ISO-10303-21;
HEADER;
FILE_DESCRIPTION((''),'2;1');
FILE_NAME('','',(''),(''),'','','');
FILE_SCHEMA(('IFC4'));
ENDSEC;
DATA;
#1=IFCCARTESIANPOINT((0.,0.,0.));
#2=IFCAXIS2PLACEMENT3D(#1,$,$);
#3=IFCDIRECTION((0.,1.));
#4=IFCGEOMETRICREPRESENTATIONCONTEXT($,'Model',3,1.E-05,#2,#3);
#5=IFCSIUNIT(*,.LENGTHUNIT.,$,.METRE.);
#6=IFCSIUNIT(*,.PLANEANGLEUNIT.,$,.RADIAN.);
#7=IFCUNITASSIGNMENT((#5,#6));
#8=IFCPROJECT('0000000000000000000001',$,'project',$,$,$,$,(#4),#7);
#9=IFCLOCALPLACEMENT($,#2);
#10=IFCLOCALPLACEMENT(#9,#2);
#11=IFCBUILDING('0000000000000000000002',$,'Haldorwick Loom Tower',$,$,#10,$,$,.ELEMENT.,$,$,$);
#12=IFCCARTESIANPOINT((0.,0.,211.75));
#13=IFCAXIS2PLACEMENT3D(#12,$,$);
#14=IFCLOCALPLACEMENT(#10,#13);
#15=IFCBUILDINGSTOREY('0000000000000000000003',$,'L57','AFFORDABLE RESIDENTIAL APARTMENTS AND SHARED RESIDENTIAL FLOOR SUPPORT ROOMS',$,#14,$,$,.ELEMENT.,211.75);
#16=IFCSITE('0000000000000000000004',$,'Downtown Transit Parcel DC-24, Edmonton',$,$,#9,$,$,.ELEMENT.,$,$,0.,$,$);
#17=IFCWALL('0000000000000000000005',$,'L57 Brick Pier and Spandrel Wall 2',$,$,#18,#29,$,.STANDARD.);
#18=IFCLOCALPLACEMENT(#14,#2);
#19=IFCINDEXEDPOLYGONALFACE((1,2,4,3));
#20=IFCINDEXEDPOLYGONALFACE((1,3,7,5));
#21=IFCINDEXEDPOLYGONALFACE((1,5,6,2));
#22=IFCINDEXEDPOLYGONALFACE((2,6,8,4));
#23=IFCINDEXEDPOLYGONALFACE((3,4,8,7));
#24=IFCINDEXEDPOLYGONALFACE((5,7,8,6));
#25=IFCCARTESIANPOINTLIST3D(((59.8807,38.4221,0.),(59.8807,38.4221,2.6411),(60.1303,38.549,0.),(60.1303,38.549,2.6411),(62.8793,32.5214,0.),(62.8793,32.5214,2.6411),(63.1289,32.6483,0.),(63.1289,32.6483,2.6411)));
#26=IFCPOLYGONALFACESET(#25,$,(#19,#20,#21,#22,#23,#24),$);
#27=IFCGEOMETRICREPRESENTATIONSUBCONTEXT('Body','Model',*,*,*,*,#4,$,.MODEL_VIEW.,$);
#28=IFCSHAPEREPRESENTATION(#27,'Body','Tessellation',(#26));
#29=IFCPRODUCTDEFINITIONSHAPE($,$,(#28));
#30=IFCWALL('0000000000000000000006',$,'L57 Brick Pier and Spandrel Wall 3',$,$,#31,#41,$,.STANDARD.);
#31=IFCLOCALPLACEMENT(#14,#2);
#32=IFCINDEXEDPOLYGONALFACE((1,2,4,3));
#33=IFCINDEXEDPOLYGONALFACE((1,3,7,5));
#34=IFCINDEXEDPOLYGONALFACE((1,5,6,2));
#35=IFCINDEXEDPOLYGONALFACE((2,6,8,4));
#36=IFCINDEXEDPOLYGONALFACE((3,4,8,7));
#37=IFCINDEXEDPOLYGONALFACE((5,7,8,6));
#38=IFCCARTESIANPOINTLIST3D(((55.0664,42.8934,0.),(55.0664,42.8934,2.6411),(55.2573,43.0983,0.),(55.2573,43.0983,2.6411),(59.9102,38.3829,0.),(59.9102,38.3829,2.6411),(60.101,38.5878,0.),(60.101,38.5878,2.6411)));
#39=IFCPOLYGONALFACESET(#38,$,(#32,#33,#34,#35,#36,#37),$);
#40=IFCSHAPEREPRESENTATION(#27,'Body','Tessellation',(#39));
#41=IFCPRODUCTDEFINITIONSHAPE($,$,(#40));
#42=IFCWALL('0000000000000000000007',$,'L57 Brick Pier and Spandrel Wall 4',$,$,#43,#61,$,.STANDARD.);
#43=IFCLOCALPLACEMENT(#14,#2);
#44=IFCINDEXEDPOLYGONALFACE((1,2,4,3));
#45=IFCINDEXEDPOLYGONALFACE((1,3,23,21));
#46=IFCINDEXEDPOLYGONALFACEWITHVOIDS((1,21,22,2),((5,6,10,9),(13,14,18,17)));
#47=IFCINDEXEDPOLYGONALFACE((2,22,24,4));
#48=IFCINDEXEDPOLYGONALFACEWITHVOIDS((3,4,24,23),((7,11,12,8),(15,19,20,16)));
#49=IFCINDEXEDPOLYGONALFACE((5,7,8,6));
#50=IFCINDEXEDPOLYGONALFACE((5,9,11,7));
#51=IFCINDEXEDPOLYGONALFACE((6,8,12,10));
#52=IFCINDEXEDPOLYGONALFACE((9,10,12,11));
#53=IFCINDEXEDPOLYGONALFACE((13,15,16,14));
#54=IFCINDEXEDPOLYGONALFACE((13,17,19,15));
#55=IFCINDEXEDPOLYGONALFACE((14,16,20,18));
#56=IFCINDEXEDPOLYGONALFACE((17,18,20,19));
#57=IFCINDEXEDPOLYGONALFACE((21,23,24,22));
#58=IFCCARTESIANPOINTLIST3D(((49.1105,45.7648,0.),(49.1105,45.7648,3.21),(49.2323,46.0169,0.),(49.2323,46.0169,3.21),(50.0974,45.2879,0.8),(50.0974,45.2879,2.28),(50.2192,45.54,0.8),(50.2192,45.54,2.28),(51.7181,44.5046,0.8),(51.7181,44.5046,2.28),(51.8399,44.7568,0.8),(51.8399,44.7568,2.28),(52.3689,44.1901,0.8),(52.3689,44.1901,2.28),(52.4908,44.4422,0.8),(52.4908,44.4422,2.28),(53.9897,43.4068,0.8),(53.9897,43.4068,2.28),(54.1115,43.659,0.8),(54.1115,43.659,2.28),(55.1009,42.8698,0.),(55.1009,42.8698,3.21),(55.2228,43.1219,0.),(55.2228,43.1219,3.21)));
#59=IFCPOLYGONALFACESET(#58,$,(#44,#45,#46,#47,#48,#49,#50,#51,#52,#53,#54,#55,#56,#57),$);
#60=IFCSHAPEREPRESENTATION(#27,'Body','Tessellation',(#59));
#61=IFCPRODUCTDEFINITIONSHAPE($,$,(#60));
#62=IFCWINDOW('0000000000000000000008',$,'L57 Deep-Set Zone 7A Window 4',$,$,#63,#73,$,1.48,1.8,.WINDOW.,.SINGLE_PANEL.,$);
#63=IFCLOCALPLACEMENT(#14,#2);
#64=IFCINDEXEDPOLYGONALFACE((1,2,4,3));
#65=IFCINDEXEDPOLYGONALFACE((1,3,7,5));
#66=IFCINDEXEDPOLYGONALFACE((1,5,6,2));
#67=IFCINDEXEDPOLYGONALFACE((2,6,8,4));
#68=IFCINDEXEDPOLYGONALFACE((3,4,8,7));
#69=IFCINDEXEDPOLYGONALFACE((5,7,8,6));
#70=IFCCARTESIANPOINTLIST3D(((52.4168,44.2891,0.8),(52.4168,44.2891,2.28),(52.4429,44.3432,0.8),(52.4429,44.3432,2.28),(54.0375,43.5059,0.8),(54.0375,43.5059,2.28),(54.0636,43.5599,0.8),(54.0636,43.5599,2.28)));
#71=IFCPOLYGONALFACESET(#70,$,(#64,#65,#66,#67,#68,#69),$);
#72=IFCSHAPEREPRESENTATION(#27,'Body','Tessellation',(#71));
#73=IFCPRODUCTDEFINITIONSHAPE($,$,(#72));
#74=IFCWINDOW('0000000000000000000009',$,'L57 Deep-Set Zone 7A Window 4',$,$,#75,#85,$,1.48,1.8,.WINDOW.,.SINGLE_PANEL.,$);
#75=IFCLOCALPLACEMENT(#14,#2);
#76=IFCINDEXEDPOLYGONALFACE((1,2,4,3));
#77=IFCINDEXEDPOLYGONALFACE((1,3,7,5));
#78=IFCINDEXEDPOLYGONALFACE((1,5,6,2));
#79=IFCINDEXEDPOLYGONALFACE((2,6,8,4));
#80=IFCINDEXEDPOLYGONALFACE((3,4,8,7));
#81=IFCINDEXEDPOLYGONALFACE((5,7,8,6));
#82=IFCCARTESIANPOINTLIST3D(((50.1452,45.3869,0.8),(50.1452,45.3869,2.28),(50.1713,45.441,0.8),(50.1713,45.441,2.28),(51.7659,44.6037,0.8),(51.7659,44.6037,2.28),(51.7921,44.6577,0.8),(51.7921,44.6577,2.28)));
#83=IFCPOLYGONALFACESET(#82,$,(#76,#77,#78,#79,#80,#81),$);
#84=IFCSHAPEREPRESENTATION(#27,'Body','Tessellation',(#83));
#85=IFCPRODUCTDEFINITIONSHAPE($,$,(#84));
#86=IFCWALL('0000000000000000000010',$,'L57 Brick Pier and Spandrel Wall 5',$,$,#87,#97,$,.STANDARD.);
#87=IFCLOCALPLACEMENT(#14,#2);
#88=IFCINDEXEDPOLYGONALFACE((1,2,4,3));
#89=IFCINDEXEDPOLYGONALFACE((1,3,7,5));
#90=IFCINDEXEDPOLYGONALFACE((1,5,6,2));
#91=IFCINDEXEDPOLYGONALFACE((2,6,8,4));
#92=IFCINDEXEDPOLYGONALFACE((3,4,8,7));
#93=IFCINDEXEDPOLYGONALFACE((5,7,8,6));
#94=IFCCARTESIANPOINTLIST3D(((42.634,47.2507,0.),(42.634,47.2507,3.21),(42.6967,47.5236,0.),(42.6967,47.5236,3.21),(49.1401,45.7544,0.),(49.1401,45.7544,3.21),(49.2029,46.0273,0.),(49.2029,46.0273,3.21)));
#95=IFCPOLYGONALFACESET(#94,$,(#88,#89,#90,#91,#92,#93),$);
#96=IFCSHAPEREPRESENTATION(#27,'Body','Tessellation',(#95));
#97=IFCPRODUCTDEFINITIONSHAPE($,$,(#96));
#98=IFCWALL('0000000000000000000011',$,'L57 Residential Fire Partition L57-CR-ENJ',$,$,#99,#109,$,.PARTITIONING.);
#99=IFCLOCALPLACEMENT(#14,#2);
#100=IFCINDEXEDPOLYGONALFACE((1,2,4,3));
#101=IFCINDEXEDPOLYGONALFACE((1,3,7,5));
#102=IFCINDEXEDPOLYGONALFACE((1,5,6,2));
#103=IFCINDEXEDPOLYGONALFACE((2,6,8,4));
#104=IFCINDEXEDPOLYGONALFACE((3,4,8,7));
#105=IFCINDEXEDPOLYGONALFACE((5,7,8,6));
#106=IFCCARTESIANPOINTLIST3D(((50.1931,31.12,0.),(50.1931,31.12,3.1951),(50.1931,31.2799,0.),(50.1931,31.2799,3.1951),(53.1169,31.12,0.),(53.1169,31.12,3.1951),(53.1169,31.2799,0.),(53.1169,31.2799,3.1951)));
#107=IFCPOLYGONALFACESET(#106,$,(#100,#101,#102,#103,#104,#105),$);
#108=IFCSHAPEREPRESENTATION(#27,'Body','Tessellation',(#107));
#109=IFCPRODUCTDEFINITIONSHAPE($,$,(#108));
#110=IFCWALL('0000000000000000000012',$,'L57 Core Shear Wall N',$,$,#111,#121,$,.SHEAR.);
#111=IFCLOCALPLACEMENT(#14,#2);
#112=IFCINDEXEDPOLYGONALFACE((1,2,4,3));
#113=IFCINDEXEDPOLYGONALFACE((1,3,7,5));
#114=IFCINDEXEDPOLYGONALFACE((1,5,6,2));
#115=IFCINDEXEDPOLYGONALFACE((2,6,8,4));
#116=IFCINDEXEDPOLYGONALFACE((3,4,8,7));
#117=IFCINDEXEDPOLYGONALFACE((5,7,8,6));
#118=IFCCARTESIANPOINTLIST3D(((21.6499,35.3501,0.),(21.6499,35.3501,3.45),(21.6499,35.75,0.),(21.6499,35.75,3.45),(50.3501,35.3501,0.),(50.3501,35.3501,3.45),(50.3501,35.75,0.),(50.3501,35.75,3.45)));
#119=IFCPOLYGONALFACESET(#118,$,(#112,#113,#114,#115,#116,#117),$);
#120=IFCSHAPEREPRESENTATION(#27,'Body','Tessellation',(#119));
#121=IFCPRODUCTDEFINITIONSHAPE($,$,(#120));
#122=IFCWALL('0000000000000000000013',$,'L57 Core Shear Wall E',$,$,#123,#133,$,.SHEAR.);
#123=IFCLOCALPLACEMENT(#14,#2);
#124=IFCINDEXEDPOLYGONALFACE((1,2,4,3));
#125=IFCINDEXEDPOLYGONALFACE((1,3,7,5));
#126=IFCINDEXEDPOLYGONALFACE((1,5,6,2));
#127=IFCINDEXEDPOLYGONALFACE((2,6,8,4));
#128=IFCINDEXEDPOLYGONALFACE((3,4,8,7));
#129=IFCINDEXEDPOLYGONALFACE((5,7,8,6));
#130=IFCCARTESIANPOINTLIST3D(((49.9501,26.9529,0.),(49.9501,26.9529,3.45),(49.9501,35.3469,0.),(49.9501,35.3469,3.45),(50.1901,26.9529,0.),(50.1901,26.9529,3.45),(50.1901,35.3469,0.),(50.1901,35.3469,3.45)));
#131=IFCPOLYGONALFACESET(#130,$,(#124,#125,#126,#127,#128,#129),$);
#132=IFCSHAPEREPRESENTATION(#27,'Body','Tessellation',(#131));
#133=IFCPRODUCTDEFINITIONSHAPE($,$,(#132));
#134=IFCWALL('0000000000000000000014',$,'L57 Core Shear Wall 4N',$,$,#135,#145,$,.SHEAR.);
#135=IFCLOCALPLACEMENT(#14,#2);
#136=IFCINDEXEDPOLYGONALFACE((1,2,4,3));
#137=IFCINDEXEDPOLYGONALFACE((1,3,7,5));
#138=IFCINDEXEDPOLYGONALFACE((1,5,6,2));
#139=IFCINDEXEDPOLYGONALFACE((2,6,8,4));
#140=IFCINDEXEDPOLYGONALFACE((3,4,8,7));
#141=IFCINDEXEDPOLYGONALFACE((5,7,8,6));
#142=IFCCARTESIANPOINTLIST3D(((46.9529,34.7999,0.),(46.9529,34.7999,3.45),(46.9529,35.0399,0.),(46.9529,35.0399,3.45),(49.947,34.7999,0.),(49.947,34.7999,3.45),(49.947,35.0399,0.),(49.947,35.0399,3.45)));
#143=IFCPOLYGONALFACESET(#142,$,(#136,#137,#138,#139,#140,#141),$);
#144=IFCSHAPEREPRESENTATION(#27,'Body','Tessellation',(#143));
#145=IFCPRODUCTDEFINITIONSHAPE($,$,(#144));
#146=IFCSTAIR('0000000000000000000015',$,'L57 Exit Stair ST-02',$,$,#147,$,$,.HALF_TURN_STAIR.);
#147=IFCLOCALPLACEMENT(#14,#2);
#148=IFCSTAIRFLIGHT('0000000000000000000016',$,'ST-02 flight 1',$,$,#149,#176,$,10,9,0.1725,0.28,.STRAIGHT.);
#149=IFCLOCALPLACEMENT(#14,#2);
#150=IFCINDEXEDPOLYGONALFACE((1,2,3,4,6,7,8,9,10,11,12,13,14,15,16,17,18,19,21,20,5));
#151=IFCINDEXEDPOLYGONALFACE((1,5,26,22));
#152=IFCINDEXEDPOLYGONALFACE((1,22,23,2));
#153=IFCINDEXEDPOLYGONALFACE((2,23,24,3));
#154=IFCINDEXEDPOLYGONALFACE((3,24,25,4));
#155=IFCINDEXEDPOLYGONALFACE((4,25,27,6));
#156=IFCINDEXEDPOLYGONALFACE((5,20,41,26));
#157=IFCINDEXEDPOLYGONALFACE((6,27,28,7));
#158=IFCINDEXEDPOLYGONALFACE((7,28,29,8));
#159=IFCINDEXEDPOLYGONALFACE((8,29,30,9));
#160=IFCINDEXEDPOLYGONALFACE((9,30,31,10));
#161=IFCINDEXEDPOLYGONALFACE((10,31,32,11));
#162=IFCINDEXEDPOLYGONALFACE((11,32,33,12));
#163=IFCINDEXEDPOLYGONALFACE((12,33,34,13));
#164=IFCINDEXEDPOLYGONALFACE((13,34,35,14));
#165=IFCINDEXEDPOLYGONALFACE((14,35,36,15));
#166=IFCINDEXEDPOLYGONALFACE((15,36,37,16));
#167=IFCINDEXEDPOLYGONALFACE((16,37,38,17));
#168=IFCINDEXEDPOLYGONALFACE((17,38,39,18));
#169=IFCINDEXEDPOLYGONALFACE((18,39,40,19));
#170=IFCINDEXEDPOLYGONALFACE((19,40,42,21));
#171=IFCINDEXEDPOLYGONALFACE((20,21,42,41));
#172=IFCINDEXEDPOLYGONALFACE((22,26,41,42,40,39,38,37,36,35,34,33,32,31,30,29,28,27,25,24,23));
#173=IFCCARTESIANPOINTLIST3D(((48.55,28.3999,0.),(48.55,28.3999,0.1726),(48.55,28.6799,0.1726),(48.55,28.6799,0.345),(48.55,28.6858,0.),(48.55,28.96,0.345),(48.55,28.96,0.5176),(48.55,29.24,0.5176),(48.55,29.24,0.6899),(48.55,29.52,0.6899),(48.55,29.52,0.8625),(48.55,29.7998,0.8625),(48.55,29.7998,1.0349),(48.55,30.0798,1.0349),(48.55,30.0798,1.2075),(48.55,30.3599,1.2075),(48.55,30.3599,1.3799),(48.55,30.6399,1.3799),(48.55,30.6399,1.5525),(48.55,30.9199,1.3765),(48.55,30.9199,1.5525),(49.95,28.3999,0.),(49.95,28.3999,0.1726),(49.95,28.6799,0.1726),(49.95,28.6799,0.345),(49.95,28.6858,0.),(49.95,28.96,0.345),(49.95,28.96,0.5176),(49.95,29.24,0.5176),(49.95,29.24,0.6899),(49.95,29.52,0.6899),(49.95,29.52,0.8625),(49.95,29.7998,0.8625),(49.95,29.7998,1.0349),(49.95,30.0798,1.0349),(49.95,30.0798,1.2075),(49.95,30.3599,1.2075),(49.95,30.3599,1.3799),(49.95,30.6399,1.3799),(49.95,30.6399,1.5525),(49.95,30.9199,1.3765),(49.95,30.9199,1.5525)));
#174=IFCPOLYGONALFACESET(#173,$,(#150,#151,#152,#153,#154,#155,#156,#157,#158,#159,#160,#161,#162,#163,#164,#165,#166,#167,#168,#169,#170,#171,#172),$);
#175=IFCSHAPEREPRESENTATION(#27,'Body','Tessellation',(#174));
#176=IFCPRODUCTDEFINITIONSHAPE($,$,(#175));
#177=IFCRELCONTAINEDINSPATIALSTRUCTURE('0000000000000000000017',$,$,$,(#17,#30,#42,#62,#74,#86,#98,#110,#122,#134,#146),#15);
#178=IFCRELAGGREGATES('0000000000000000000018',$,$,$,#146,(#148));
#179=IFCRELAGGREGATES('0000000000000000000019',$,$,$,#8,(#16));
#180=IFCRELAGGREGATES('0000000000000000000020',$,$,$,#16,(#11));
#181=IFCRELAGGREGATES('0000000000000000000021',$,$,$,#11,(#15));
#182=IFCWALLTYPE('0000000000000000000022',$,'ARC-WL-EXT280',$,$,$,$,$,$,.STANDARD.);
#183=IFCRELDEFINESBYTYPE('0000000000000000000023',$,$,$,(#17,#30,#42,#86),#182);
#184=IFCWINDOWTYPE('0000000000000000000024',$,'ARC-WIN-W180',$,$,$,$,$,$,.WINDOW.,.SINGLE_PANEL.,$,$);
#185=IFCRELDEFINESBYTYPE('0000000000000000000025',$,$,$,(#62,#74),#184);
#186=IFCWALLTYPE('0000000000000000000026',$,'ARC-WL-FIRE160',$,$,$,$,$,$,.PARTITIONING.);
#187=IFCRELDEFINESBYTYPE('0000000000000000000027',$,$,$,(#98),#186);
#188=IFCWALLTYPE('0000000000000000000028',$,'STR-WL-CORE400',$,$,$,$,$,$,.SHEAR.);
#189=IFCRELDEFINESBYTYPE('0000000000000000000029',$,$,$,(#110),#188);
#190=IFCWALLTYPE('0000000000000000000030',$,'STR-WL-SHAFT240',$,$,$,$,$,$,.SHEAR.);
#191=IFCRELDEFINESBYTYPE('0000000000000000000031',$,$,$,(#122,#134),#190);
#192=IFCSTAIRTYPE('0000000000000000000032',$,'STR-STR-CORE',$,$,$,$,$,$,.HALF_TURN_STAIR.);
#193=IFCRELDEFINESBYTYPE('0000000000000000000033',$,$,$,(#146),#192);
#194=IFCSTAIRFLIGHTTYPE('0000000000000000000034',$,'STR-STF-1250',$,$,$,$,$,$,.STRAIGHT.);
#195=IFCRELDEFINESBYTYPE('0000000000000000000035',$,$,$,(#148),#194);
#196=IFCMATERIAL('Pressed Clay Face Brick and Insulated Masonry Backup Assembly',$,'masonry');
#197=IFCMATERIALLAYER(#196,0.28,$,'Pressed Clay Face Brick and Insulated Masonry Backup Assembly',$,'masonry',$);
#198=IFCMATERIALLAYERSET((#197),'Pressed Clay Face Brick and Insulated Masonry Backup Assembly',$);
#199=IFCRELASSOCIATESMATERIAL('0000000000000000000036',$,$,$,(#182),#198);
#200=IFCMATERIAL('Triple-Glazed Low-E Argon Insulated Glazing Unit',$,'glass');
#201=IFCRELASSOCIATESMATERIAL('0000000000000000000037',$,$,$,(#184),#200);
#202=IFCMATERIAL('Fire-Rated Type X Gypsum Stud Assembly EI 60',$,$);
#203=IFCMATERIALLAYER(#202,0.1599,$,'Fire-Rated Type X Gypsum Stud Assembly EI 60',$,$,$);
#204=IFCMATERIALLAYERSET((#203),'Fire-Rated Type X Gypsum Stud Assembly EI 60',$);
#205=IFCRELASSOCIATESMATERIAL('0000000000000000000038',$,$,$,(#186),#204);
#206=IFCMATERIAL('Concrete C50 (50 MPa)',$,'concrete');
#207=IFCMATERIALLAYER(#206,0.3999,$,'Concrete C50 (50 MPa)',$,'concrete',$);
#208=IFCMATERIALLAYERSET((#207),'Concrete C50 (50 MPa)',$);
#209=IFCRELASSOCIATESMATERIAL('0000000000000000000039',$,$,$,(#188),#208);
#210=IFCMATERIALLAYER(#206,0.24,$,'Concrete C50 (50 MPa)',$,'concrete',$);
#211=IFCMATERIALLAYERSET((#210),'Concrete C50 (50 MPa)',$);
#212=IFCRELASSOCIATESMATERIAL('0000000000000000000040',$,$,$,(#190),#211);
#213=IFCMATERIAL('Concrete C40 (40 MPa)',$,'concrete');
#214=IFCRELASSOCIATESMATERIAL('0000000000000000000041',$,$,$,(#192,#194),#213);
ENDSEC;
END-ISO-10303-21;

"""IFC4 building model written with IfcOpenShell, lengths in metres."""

from ifc_helpers import new_model, si_unit, direction, frame, frame_2d, origin, place, context, subcontext, project, spatial, polyline, rectangle, outline, extrude, material, layer, layer_set, type_object, element, fill, aggregate, save


model = new_model("IFC4")

# Units and contexts
model_context = context("Model", 3, precision=1e-05, world=origin(), true_north=direction((0.0, 1.0)))
body_context = subcontext(model_context, "Body", "Model", "MODEL_VIEW")
ifc_project = project(units=[si_unit("LENGTHUNIT", "METRE"), si_unit("PLANEANGLEUNIT", "RADIAN")], contexts=[model_context])

# Site, building, storey
site_placement = place(None, origin())
site = spatial("IfcSite", under=ifc_project, at=site_placement, Name="Downtown Transit Parcel DC-24, Edmonton", CompositionType="ELEMENT", RefElevation=0.0)
building_placement = place(site_placement, origin())
building = spatial("IfcBuilding", under=site, at=building_placement, Name="Haldorwick Loom Tower", CompositionType="ELEMENT")
storey_placement = place(building_placement, frame((0.0, 0.0, 211.75)))
storey = spatial("IfcBuildingStorey", under=building, at=storey_placement, Name="L57", Description="AFFORDABLE RESIDENTIAL APARTMENTS AND SHARED RESIDENTIAL FLOOR SUPPORT ROOMS", CompositionType="ELEMENT", Elevation=211.75)

# Walls
ifc_material_1 = material(Name="Pressed Clay Face Brick and Insulated Masonry Backup Assembly", Category="masonry")
ifc_layer_1 = layer(ifc_material_1, 0.28, Name="Pressed Clay Face Brick and Insulated Masonry Backup Assembly", Category="masonry")
ifc_layer_set_1 = layer_set([ifc_layer_1], Name="Pressed Clay Face Brick and Insulated Masonry Backup Assembly")
wall_type_1 = type_object("IfcWallType", Name="ARC-WL-EXT280", PredefinedType="STANDARD", material=ifc_layer_set_1)
wall_1_placement = place(storey_placement, frame((63.0042, 32.5847, 0.0), z_axis=(0.0, 0.0, 1.0), x_axis=(-0.453032, 0.891494, 0.0)))
element("IfcWall", 1, at=wall_1_placement, inside=storey, type_object=wall_type_1, Name="L57 Brick Pier and Spandrel Wall 2", PredefinedType="STANDARD", context=body_context, shape_type="SweptSolid", body=[
    extrude(rectangle(XDim=6.6189, YDim=0.28, at=frame_2d((3.3096, 0.0))), origin(), (0.0, 0.0, 1.0), 2.6411),
])
wall_2_placement = place(storey_placement, frame((60.0056, 38.4854, 0.0), z_axis=(0.0, 0.0, 1.0), x_axis=(-0.731834, 0.681483, 0.0)))
element("IfcWall", 2, at=wall_2_placement, inside=storey, type_object=wall_type_1, Name="L57 Brick Pier and Spandrel Wall 3", PredefinedType="STANDARD", context=body_context, shape_type="SweptSolid", body=[
    extrude(rectangle(XDim=6.6187, YDim=0.28, at=frame_2d((3.3093, 0.0))), origin(), (0.0, 0.0, 1.0), 2.6411),
])

# Wall, openings, windows
wall_3_placement = place(storey_placement, frame((55.1619, 42.9958, 0.0), z_axis=(0.0, 0.0, 1.0), x_axis=(-0.900371, 0.435123, 0.0)))
wall_3 = element("IfcWall", 3, at=wall_3_placement, inside=storey, type_object=wall_type_1, Name="L57 Brick Pier and Spandrel Wall 4", PredefinedType="STANDARD", context=body_context, shape_type="SweptSolid", body=[
    extrude(rectangle(XDim=6.6533, YDim=0.28, at=frame_2d((3.3267, 0.0))), origin(), (0.0, 0.0, 1.0), 3.21),
])
opening_1_placement = place(wall_3_placement, frame((1.2344, 0.0, 0.8)))
opening_1 = element("IfcOpeningElement", 4, at=opening_1_placement, cuts=wall_3, PredefinedType="OPENING", context=body_context, shape_type="SweptSolid", body=[
    extrude(rectangle(XDim=1.8, YDim=1.48, at=frame_2d((0.8999, 0.74))), frame((0.0, 0.1499, 0.0), z_axis=(0.0, -1.0, 0.0), x_axis=(1.0, 0.0, 0.0)), (0.0, 0.0, 1.0), 0.3),
])
opening_2_placement = place(wall_3_placement, frame((3.7573, 0.0, 0.8)))
opening_2 = element("IfcOpeningElement", 5, at=opening_2_placement, cuts=wall_3, PredefinedType="OPENING", context=body_context, shape_type="SweptSolid", body=[
    extrude(rectangle(XDim=1.8, YDim=1.48, at=frame_2d((0.8999, 0.74))), frame((0.0, 0.1499, 0.0), z_axis=(0.0, -1.0, 0.0), x_axis=(1.0, 0.0, 0.0)), (0.0, 0.0, 1.0), 0.3),
])
ifc_material_2 = material(Name="Triple-Glazed Low-E Argon Insulated Glazing Unit", Category="glass")
window_type = type_object("IfcWindowType", Name="ARC-WIN-W180", PartitioningType="SINGLE_PANEL", PredefinedType="WINDOW", material=ifc_material_2)
window_1_placement = place(opening_1_placement, origin())
window_1 = element("IfcWindow", 6, at=window_1_placement, inside=storey, type_object=window_type, Name="L57 Deep-Set Zone 7A Window 4", OverallHeight=1.48, OverallWidth=1.8, PartitioningType="SINGLE_PANEL", PredefinedType="WINDOW", context=body_context, shape_type="SweptSolid", body=[
    extrude(rectangle(XDim=1.8, YDim=1.48, at=frame_2d((0.8999, 0.74))), frame((0.0, 0.03, 0.0), z_axis=(0.0, -1.0, 0.0), x_axis=(1.0, 0.0, 0.0)), (0.0, 0.0, 1.0), 0.0601),
])
fill(opening_1, window_1)
window_2_placement = place(opening_2_placement, origin())
window_2 = element("IfcWindow", 7, at=window_2_placement, inside=storey, type_object=window_type, Name="L57 Deep-Set Zone 7A Window 4", OverallHeight=1.48, OverallWidth=1.8, PartitioningType="SINGLE_PANEL", PredefinedType="WINDOW", context=body_context, shape_type="SweptSolid", body=[
    extrude(rectangle(XDim=1.8, YDim=1.48, at=frame_2d((0.8999, 0.74))), frame((0.0, 0.03, 0.0), z_axis=(0.0, -1.0, 0.0), x_axis=(1.0, 0.0, 0.0)), (0.0, 0.0, 1.0), 0.0601),
])
fill(opening_2, window_2)

# Walls
wall_4_placement = place(storey_placement, frame((49.1714, 45.8909, 0.0), z_axis=(0.0, 0.0, 1.0), x_axis=(-0.974557, 0.224138, 0.0)))
element("IfcWall", 8, at=wall_4_placement, inside=storey, type_object=wall_type_1, Name="L57 Brick Pier and Spandrel Wall 5", PredefinedType="STANDARD", context=body_context, shape_type="SweptSolid", body=[
    extrude(rectangle(XDim=6.676, YDim=0.28, at=frame_2d((3.3379, 0.0))), origin(), (0.0, 0.0, 1.0), 3.21),
])
ifc_material_3 = material(Name="Fire-Rated Type X Gypsum Stud Assembly EI 60")
ifc_layer_2 = layer(ifc_material_3, 0.1599, Name="Fire-Rated Type X Gypsum Stud Assembly EI 60")
ifc_layer_set_2 = layer_set([ifc_layer_2], Name="Fire-Rated Type X Gypsum Stud Assembly EI 60")
wall_type_2 = type_object("IfcWallType", Name="ARC-WL-FIRE160", PredefinedType="PARTITIONING", material=ifc_layer_set_2)
wall_5_placement = place(storey_placement, frame((50.1931, 31.2, 0.0), z_axis=(0.0, 0.0, 1.0), x_axis=(1.0, 0.0, 0.0)))
element("IfcWall", 9, at=wall_5_placement, inside=storey, type_object=wall_type_2, Name="L57 Residential Fire Partition L57-CR-ENJ", PredefinedType="PARTITIONING", context=body_context, shape_type="SweptSolid", body=[
    extrude(rectangle(XDim=2.9238, YDim=0.1599, at=frame_2d((1.4619, 0.0))), origin(), (0.0, 0.0, 1.0), 3.1951),
])
ifc_material_4 = material(Name="Concrete C50 (50 MPa)", Category="concrete")
ifc_layer_3 = layer(ifc_material_4, 0.3999, Name="Concrete C50 (50 MPa)", Category="concrete")
ifc_layer_set_3 = layer_set([ifc_layer_3], Name="Concrete C50 (50 MPa)")
wall_type_3 = type_object("IfcWallType", Name="STR-WL-CORE400", PredefinedType="SHEAR", material=ifc_layer_set_3)
wall_6_placement = place(storey_placement, frame((50.3501, 35.55, 0.0), z_axis=(0.0, 0.0, 1.0), x_axis=(-1.0, 0.0, 0.0)))
element("IfcWall", 10, at=wall_6_placement, inside=storey, type_object=wall_type_3, Name="L57 Core Shear Wall N", PredefinedType="SHEAR", context=body_context, shape_type="SweptSolid", body=[
    extrude(rectangle(XDim=28.7002, YDim=0.3999, at=frame_2d((14.3501, 0.0))), origin(), (0.0, 0.0, 1.0), 3.45),
])
ifc_layer_4 = layer(ifc_material_4, 0.24, Name="Concrete C50 (50 MPa)", Category="concrete")
ifc_layer_set_4 = layer_set([ifc_layer_4], Name="Concrete C50 (50 MPa)")
wall_type_4 = type_object("IfcWallType", Name="STR-WL-SHAFT240", PredefinedType="SHEAR", material=ifc_layer_set_4)
wall_7_placement = place(storey_placement, frame((50.0701, 26.9529, 0.0), z_axis=(0.0, 0.0, 1.0), x_axis=(0.0, 1.0, 0.0)))
element("IfcWall", 11, at=wall_7_placement, inside=storey, type_object=wall_type_4, Name="L57 Core Shear Wall E", PredefinedType="SHEAR", context=body_context, shape_type="SweptSolid", body=[
    extrude(rectangle(XDim=8.394, YDim=0.24, at=frame_2d((4.197, 0.0))), origin(), (0.0, 0.0, 1.0), 3.45),
])
wall_8_placement = place(storey_placement, frame((46.9529, 34.9199, 0.0), z_axis=(0.0, 0.0, 1.0), x_axis=(1.0, 0.0, 0.0)))
element("IfcWall", 12, at=wall_8_placement, inside=storey, type_object=wall_type_4, Name="L57 Core Shear Wall 4N", PredefinedType="SHEAR", context=body_context, shape_type="SweptSolid", body=[
    extrude(rectangle(XDim=2.9941, YDim=0.24, at=frame_2d((1.4971, 0.0))), origin(), (0.0, 0.0, 1.0), 3.45),
])

# Stair, stair flight
ifc_material_5 = material(Name="Concrete C40 (40 MPa)", Category="concrete")
stair_type = type_object("IfcStairType", Name="STR-STR-CORE", PredefinedType="HALF_TURN_STAIR", material=ifc_material_5)
stair_placement = place(storey_placement, origin())
stair = element("IfcStair", 13, at=stair_placement, inside=storey, type_object=stair_type, Name="L57 Exit Stair ST-02", PredefinedType="HALF_TURN_STAIR")
stair_flight_type = type_object("IfcStairFlightType", Name="STR-STF-1250", PredefinedType="STRAIGHT", material=ifc_material_5)
stair_flight_1_placement = place(storey_placement, frame((49.25, 28.3999, 0.0), z_axis=(0.0, 0.0, 1.0), x_axis=(0.0, 1.0, 0.0)))
stair_flight_1 = element("IfcStairFlight", 14, at=stair_flight_1_placement, type_object=stair_flight_type, Name="ST-02 flight 1", NumberOfRisers=10, NumberOfTreads=9, PredefinedType="STRAIGHT", RiserHeight=0.1725, TreadLength=0.28, context=body_context, shape_type="SweptSolid", body=[
    extrude(outline(polyline([(0.0, 0.0), (0.0, 0.1726), (0.28, 0.1726), (0.28, 0.345), (0.5601, 0.345), (0.5601, 0.5176), (0.8401, 0.5176), (0.8401, 0.6899), (1.1201, 0.6899), (1.1201, 0.8625), (1.3999, 0.8625), (1.3999, 1.0349), (1.6799, 1.0349), (1.6799, 1.2075), (1.96, 1.2075), (1.96, 1.3799), (2.24, 1.3799), (2.24, 1.5525), (2.52, 1.5525), (2.52, 1.7251), (2.52, 1.3765), (0.2859, 0.0), (0.0, 0.0)])), frame((0.0, 0.7, 0.0), z_axis=(0.0, -1.0, 0.0), x_axis=(1.0, 0.0, 0.0)), (0.0, 0.0, 1.0), 1.3999),
])
aggregate(stair, [stair_flight_1])

save(model, "model.ifc")
